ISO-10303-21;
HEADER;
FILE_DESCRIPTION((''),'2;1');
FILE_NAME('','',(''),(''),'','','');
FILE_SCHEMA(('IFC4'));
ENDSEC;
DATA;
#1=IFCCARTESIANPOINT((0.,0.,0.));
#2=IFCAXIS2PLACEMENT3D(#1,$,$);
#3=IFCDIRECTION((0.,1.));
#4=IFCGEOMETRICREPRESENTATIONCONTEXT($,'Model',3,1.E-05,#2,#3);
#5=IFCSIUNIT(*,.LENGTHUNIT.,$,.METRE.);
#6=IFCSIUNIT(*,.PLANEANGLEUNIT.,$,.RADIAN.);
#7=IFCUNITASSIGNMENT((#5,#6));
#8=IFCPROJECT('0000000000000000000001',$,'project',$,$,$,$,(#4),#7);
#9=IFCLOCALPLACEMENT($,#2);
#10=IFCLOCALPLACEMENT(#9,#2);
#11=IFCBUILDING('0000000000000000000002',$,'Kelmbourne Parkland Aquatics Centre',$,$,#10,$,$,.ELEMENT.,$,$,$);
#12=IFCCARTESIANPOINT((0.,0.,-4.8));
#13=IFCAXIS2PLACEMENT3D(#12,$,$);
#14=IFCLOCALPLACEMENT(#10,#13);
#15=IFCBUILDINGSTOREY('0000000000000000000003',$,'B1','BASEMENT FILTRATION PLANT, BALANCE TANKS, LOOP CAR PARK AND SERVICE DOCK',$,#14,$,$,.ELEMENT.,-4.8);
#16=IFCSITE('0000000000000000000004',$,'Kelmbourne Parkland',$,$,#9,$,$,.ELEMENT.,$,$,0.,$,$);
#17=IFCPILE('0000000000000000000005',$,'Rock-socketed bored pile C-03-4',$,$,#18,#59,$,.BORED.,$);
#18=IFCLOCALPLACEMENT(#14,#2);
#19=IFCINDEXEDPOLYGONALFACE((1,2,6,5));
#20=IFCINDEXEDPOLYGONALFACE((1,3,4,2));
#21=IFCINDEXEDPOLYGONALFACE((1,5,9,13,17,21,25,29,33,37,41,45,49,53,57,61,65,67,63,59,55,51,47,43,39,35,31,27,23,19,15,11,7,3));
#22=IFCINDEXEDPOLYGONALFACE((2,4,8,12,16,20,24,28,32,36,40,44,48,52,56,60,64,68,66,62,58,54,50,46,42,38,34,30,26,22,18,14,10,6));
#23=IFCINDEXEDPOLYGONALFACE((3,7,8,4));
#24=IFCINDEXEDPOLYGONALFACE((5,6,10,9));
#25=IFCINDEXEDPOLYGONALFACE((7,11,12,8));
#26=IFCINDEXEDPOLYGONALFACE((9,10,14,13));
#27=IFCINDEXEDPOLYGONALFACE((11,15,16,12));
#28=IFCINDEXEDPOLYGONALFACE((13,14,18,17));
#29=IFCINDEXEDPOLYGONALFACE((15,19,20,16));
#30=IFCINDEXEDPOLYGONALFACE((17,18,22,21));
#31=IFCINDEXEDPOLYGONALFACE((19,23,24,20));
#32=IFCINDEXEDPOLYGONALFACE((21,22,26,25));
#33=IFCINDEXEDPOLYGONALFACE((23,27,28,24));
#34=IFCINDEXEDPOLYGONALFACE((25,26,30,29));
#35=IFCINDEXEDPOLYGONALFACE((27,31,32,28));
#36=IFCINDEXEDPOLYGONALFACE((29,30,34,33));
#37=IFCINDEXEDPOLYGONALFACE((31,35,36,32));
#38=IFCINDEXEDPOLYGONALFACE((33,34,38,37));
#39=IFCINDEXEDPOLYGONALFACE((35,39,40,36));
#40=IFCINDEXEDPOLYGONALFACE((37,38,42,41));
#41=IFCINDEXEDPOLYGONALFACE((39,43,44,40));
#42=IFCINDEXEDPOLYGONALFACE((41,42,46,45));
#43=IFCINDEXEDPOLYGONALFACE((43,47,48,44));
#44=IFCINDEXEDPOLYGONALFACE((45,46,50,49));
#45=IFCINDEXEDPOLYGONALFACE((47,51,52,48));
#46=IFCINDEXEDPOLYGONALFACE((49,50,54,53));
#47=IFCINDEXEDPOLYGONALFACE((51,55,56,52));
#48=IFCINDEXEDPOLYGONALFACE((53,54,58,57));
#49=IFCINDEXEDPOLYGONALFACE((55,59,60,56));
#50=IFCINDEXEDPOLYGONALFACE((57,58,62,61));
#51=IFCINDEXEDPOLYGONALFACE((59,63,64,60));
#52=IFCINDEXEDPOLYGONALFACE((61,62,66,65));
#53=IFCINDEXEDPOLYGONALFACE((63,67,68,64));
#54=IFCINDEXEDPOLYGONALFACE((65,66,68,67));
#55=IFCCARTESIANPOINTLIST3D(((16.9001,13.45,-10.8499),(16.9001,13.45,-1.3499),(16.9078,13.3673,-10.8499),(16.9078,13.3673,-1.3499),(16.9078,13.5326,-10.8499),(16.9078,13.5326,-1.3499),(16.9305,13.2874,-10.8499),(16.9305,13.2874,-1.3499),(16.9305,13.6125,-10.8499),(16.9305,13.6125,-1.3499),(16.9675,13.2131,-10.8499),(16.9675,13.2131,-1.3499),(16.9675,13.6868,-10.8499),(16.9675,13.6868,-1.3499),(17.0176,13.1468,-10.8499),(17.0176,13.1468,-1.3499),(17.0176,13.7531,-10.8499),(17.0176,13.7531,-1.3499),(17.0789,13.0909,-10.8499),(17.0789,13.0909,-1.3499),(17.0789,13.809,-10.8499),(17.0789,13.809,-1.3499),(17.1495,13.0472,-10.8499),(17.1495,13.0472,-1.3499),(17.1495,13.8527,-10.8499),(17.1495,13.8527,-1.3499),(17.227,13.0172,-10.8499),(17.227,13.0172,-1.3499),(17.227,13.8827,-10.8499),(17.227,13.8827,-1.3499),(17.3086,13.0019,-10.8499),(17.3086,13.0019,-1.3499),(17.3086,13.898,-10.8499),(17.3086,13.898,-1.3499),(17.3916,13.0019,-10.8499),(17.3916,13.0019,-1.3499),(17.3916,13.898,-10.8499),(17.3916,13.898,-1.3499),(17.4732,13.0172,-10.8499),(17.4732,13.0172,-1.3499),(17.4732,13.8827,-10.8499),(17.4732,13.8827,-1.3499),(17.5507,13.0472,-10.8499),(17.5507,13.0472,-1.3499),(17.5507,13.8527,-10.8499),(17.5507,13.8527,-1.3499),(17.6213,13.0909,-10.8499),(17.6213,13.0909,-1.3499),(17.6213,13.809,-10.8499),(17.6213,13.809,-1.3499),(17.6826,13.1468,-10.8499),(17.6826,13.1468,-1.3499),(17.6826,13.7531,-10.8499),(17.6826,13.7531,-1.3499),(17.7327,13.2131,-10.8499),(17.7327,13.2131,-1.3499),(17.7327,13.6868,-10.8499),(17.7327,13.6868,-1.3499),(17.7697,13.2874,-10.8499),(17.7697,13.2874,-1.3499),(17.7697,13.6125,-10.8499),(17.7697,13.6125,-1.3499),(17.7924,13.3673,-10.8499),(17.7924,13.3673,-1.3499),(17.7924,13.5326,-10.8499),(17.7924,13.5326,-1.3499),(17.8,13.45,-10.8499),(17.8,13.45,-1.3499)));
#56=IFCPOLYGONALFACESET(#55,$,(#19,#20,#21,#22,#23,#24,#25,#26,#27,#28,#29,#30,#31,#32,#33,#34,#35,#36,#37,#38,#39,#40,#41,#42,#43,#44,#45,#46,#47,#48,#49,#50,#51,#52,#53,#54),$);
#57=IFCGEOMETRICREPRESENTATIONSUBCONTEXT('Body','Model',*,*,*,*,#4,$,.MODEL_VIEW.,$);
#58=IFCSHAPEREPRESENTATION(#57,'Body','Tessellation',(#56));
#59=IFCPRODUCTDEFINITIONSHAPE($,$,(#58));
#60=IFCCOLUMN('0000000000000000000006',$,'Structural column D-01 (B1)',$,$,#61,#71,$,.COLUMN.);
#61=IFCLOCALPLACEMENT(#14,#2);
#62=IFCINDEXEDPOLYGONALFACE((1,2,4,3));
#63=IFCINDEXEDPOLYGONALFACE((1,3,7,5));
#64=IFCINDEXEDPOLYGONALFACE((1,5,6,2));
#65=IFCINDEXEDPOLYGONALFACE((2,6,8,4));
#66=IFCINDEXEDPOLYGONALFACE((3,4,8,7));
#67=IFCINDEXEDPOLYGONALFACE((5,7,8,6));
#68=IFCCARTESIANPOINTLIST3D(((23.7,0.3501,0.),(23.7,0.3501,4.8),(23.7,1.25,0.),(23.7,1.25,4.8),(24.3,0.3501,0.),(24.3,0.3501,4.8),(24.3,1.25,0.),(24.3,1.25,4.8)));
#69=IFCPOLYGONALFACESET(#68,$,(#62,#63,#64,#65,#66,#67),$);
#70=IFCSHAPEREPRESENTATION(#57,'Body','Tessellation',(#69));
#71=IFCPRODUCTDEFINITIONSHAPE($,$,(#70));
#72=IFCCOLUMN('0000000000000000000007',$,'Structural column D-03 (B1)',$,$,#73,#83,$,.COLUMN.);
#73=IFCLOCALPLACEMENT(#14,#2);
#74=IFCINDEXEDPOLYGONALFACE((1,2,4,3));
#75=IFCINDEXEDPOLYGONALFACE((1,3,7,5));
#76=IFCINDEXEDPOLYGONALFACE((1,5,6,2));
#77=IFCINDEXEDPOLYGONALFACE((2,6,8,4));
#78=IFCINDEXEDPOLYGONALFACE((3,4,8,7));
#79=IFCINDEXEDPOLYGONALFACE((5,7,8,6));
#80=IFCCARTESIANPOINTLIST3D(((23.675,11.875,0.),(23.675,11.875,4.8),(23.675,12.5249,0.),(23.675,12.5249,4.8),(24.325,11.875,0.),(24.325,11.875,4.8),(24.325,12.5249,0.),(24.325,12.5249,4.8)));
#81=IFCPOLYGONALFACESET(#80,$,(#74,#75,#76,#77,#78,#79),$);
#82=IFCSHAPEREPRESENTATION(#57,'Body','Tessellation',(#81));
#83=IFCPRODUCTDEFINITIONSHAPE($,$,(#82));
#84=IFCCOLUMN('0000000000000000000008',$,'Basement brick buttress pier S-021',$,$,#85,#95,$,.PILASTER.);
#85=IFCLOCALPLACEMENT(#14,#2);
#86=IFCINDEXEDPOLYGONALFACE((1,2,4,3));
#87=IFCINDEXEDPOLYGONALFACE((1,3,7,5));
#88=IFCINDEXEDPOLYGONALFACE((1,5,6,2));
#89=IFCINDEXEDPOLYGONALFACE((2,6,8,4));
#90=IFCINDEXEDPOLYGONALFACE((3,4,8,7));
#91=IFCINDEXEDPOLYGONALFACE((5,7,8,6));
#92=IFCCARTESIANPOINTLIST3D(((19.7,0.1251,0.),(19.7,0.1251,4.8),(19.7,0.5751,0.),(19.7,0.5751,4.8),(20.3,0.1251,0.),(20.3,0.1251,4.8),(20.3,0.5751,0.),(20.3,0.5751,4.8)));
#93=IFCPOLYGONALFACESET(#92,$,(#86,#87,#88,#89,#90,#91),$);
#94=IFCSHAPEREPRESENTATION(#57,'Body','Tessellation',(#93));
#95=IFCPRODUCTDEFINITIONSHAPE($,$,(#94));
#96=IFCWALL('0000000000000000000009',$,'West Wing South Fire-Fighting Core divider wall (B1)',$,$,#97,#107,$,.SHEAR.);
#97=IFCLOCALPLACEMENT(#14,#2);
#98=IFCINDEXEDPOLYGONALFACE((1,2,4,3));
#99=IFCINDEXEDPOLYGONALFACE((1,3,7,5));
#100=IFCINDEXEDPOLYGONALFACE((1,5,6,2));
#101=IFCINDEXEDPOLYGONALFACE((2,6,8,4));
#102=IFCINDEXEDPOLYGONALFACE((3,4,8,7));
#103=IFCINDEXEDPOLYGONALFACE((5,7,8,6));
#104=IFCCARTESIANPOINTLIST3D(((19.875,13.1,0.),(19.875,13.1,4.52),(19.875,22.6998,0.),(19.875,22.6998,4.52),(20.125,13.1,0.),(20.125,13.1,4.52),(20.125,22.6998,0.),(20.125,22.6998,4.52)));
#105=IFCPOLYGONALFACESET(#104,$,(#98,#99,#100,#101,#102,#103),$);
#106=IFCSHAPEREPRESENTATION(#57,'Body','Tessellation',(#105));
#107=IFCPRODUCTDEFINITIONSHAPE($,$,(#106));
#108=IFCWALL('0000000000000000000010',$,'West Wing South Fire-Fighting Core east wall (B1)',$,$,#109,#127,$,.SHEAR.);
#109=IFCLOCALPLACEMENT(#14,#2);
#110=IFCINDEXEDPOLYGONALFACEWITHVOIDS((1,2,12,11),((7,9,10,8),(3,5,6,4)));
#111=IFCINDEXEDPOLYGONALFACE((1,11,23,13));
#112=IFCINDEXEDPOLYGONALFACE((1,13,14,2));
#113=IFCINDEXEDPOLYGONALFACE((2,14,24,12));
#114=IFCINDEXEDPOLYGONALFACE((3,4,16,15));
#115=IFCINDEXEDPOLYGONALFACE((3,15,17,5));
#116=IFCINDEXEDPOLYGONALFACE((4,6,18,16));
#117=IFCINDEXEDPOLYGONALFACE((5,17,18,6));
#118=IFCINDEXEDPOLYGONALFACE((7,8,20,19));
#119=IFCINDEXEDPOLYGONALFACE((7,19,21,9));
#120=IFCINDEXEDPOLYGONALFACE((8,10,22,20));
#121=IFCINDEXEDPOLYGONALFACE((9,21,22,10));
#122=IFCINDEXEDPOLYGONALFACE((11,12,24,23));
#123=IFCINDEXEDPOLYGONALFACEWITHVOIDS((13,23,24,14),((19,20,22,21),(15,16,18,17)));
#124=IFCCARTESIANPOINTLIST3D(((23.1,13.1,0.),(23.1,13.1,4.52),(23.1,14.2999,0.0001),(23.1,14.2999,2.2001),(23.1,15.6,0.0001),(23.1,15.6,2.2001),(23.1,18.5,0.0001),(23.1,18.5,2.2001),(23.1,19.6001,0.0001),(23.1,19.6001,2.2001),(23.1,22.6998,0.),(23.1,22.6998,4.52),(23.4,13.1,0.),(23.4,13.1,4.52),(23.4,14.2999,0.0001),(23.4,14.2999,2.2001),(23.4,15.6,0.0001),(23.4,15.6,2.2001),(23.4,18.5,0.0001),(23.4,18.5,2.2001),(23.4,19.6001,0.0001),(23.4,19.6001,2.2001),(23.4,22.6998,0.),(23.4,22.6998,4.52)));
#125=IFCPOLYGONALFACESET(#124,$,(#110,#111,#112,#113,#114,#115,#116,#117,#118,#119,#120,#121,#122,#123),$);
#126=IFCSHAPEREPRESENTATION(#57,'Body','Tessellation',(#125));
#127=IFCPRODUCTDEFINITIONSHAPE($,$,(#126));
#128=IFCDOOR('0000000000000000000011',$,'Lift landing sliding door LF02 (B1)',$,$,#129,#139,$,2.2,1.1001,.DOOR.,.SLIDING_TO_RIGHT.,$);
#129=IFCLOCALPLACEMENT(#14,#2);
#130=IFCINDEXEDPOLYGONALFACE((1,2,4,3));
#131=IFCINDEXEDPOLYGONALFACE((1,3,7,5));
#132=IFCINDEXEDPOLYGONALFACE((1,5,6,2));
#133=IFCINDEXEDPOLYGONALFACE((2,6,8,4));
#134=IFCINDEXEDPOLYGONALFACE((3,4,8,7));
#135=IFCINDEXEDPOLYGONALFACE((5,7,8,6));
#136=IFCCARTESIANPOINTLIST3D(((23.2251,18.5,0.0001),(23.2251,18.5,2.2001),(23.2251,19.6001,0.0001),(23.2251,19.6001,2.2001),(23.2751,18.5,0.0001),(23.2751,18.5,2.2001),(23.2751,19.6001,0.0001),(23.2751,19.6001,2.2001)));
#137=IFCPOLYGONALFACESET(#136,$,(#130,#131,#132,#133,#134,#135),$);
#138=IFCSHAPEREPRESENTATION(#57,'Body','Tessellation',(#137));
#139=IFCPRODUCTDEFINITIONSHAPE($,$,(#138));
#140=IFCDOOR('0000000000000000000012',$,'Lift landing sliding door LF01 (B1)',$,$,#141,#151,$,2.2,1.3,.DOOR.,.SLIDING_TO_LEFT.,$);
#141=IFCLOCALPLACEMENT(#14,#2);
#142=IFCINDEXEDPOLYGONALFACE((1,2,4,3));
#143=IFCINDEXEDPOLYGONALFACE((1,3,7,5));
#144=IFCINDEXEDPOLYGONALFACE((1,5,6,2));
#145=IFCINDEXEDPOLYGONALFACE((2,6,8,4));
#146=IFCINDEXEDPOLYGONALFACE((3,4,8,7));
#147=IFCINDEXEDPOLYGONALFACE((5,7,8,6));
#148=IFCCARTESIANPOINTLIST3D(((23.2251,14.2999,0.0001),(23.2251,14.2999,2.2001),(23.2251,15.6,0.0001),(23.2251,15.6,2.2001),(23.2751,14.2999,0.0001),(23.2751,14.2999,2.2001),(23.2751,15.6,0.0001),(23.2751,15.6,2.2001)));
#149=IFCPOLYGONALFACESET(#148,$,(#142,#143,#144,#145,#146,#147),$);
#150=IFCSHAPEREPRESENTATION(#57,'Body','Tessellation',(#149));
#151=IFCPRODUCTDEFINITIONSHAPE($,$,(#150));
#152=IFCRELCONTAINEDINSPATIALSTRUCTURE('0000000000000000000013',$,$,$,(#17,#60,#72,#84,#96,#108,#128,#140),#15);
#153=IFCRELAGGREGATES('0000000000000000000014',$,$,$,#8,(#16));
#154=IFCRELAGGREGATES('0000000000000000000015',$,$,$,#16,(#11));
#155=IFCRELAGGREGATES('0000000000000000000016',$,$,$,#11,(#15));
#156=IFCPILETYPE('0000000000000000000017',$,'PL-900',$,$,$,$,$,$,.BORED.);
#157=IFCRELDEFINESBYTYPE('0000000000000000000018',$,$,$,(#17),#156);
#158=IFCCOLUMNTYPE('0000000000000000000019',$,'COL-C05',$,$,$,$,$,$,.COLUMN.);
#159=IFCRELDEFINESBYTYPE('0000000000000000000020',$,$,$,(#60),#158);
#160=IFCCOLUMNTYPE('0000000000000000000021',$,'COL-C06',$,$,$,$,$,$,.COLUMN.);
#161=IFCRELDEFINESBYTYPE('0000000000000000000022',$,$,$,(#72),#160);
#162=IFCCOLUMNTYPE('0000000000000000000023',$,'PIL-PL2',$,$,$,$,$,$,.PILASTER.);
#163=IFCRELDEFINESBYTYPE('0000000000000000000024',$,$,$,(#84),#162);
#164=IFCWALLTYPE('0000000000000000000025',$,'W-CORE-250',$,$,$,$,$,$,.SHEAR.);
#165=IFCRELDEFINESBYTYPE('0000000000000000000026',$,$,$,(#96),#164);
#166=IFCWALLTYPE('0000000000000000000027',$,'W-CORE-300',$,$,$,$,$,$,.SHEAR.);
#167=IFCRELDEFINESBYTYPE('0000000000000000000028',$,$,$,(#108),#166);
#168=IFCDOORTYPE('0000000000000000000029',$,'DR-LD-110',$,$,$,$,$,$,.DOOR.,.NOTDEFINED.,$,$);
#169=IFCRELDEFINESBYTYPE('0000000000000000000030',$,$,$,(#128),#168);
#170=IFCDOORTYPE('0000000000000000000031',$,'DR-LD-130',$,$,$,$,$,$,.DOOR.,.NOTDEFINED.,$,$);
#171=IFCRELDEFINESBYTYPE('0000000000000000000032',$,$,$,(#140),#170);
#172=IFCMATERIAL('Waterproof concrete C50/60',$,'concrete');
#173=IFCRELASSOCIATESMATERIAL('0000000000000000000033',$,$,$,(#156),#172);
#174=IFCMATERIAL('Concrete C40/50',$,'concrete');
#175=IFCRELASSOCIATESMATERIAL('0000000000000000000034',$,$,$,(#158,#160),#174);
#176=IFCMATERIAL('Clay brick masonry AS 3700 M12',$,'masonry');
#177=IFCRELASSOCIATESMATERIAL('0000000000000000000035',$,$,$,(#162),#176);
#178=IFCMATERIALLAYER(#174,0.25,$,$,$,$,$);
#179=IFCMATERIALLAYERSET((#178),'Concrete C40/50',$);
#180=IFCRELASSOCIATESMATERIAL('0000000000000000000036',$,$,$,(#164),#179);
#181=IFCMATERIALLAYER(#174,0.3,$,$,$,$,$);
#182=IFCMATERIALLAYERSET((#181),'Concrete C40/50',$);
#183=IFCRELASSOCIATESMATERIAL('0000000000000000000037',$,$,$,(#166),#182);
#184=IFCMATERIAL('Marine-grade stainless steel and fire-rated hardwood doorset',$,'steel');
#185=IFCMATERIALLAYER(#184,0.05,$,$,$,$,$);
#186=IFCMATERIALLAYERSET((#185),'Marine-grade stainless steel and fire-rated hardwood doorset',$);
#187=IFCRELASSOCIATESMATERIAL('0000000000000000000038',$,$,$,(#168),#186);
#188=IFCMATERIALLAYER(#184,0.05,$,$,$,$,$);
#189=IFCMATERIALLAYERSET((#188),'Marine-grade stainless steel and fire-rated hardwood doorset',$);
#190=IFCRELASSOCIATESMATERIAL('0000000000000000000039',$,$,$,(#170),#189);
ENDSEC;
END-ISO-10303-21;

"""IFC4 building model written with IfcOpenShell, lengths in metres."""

from ifc_helpers import new_model, si_unit, direction, frame, frame_2d, origin, origin_2d, place, context, subcontext, project, spatial, rectangle, circle, extrude, material, layer, layer_set, material_profile, profile_set, type_object, element, fill, save


model = new_model("IFC4")

# Units and contexts
model_context = context("Model", 3, precision=1e-05, world=origin(), true_north=direction((0.0, 1.0)))
body_context = subcontext(model_context, "Body", "Model", "MODEL_VIEW")
ifc_project = project(units=[si_unit("LENGTHUNIT", "METRE"), si_unit("PLANEANGLEUNIT", "RADIAN")], contexts=[model_context])

# Site, building, storey
site_placement = place(None, origin())
site = spatial("IfcSite", under=ifc_project, at=site_placement, Name="Kelmbourne Parkland", CompositionType="ELEMENT", RefElevation=0.0)
building_placement = place(site_placement, origin())
building = spatial("IfcBuilding", under=site, at=building_placement, Name="Kelmbourne Parkland Aquatics Centre", CompositionType="ELEMENT")
storey_placement = place(building_placement, frame((0.0, 0.0, -4.8)))
storey = spatial("IfcBuildingStorey", under=building, at=storey_placement, Name="B1", Description="BASEMENT FILTRATION PLANT, BALANCE TANKS, LOOP CAR PARK AND SERVICE DOCK", CompositionType="ELEMENT", Elevation=-4.8)

# Shared definitions
ifc_material_1 = material(Name="Waterproof concrete C50/60", Category="concrete")

# Pile
ifc_material_profile_1 = material_profile(ifc_material_1, circle(Radius=0.45, at=origin_2d()), Name="PILE D900")
ifc_profile_set_1 = profile_set([ifc_material_profile_1], Name="Waterproof concrete C50/60")
pile_type_1 = type_object("IfcPileType", Name="PL-900", PredefinedType="BORED", material=ifc_profile_set_1)
pile_placement = place(storey_placement, frame((17.3501, 13.45, -1.3499), z_axis=(0.0, 0.0, -1.0), x_axis=(1.0, 0.0, 0.0)))
element("IfcPile", 1, at=pile_placement, inside=storey, type_object=pile_type_1, Name="Rock-socketed bored pile C-03-4", PredefinedType="BORED", context=body_context, shape_type="SweptSolid", body=[
    extrude(circle(Radius=0.45, at=origin_2d()), origin(), (0.0, 0.0, 1.0), 9.5),
])

# Columns
ifc_material_2 = material(Name="Concrete C40/50", Category="concrete")
ifc_material_profile_2 = material_profile(ifc_material_2, rectangle(XDim=0.6001, YDim=0.8999, at=origin_2d()), Name="RC 600x900")
ifc_profile_set_2 = profile_set([ifc_material_profile_2], Name="Concrete C40/50")
column_type_1 = type_object("IfcColumnType", Name="COL-C05", PredefinedType="COLUMN", material=ifc_profile_set_2)
column_1_placement = place(storey_placement, frame((24.0, 0.8, 0.0), z_axis=(0.0, 0.0, 1.0), x_axis=(1.0, 0.0, 0.0)))
element("IfcColumn", 2, at=column_1_placement, inside=storey, type_object=column_type_1, Name="Structural column D-01 (B1)", PredefinedType="COLUMN", context=body_context, shape_type="SweptSolid", body=[
    extrude(rectangle(XDim=0.6001, YDim=0.8999, at=origin_2d()), origin(), (0.0, 0.0, 1.0), 4.8),
])
ifc_material_profile_3 = material_profile(ifc_material_2, rectangle(XDim=0.6499, YDim=0.6499, at=origin_2d()), Name="RC 650x650")
ifc_profile_set_3 = profile_set([ifc_material_profile_3], Name="Concrete C40/50")
column_type_2 = type_object("IfcColumnType", Name="COL-C06", PredefinedType="COLUMN", material=ifc_profile_set_3)
column_2_placement = place(storey_placement, frame((24.0, 12.2, 0.0), z_axis=(0.0, 0.0, 1.0), x_axis=(1.0, 0.0, 0.0)))
element("IfcColumn", 3, at=column_2_placement, inside=storey, type_object=column_type_2, Name="Structural column D-03 (B1)", PredefinedType="COLUMN", context=body_context, shape_type="SweptSolid", body=[
    extrude(rectangle(XDim=0.6499, YDim=0.6499, at=origin_2d()), origin(), (0.0, 0.0, 1.0), 4.8),
])
ifc_material_3 = material(Name="Clay brick masonry AS 3700 M12", Category="masonry")
ifc_material_profile_4 = material_profile(ifc_material_3, rectangle(XDim=0.45, YDim=0.6001, at=origin_2d()), Name="PIL 450x600")
ifc_profile_set_4 = profile_set([ifc_material_profile_4], Name="Clay brick masonry AS 3700 M12")
column_type_3 = type_object("IfcColumnType", Name="PIL-PL2", PredefinedType="PILASTER", material=ifc_profile_set_4)
column_3_placement = place(storey_placement, frame((20.0, 0.3501, 0.0), z_axis=(0.0, 0.0, 1.0), x_axis=(0.0, 1.0, 0.0)))
element("IfcColumn", 4, at=column_3_placement, inside=storey, type_object=column_type_3, Name="Basement brick buttress pier S-021", PredefinedType="PILASTER", context=body_context, shape_type="SweptSolid", body=[
    extrude(rectangle(XDim=0.45, YDim=0.6001, at=origin_2d()), origin(), (0.0, 0.0, 1.0), 4.8),
])

# Wall
ifc_layer_1 = layer(ifc_material_2, 0.25)
ifc_layer_set_1 = layer_set([ifc_layer_1], Name="Concrete C40/50")
wall_type_1 = type_object("IfcWallType", Name="W-CORE-250", PredefinedType="SHEAR", material=ifc_layer_set_1)
wall_1_placement = place(storey_placement, frame((20.0, 13.1001, 0.0), z_axis=(0.0, 0.0, 1.0), x_axis=(0.0, 1.0, 0.0)))
element("IfcWall", 5, at=wall_1_placement, inside=storey, type_object=wall_type_1, Name="West Wing South Fire-Fighting Core divider wall (B1)", PredefinedType="SHEAR", context=body_context, shape_type="SweptSolid", body=[
    extrude(rectangle(XDim=9.5999, YDim=0.25, at=frame_2d((4.7998, 0.0))), origin(), (0.0, 0.0, 1.0), 4.52),
])

# Wall, openings, doors
ifc_layer_2 = layer(ifc_material_2, 0.3)
ifc_layer_set_2 = layer_set([ifc_layer_2], Name="Concrete C40/50")
wall_type_2 = type_object("IfcWallType", Name="W-CORE-300", PredefinedType="SHEAR", material=ifc_layer_set_2)
wall_2_placement = place(storey_placement, frame((23.25, 13.1001, 0.0), z_axis=(0.0, 0.0, 1.0), x_axis=(0.0, 1.0, 0.0)))
wall_2 = element("IfcWall", 6, at=wall_2_placement, inside=storey, type_object=wall_type_2, Name="West Wing South Fire-Fighting Core east wall (B1)", PredefinedType="SHEAR", context=body_context, shape_type="SweptSolid", body=[
    extrude(rectangle(XDim=9.5999, YDim=0.3, at=frame_2d((4.7998, 0.0))), origin(), (0.0, 0.0, 1.0), 4.52),
])
opening_1_placement = place(wall_2_placement, frame((1.2, 0.0, 0.0)))
opening_1 = element("IfcOpeningElement", 7, at=opening_1_placement, cuts=wall_2, PredefinedType="OPENING", context=body_context, shape_type="SweptSolid", body=[
    extrude(rectangle(XDim=1.3, YDim=2.2, at=frame_2d((0.6499, 1.1001))), frame((0.0, 0.1621, 0.0), z_axis=(0.0, -1.0, 0.0), x_axis=(1.0, 0.0, 0.0)), (0.0, 0.0, 1.0), 0.324),
])
opening_2_placement = place(wall_2_placement, frame((5.3999, 0.0, 0.0)))
opening_2 = element("IfcOpeningElement", 8, at=opening_2_placement, cuts=wall_2, PredefinedType="OPENING", context=body_context, shape_type="SweptSolid", body=[
    extrude(rectangle(XDim=1.1001, YDim=2.2, at=frame_2d((0.55, 1.1001))), frame((0.0, 0.1621, 0.0), z_axis=(0.0, -1.0, 0.0), x_axis=(1.0, 0.0, 0.0)), (0.0, 0.0, 1.0), 0.324),
])
ifc_material_4 = material(Name="Marine-grade stainless steel and fire-rated hardwood doorset", Category="steel")
ifc_layer_3 = layer(ifc_material_4, 0.05)
ifc_layer_set_3 = layer_set([ifc_layer_3], Name="Marine-grade stainless steel and fire-rated hardwood doorset")
door_type_1 = type_object("IfcDoorType", Name="DR-LD-110", OperationType="NOTDEFINED", PredefinedType="DOOR", material=ifc_layer_set_3)
door_1_placement = place(opening_2_placement, origin())
door_1 = element("IfcDoor", 9, at=door_1_placement, inside=storey, type_object=door_type_1, Name="Lift landing sliding door LF02 (B1)", OperationType="SLIDING_TO_RIGHT", OverallHeight=2.2, OverallWidth=1.1001, PredefinedType="DOOR", context=body_context, shape_type="SweptSolid", body=[
    extrude(rectangle(XDim=1.1001, YDim=2.2, at=frame_2d((0.55, 1.1001))), frame((0.0, 0.0249, 0.0), z_axis=(0.0, -1.0, 0.0), x_axis=(1.0, 0.0, 0.0)), (0.0, 0.0, 1.0), 0.05),
])
fill(opening_2, door_1)
ifc_layer_4 = layer(ifc_material_4, 0.05)
ifc_layer_set_4 = layer_set([ifc_layer_4], Name="Marine-grade stainless steel and fire-rated hardwood doorset")
door_type_2 = type_object("IfcDoorType", Name="DR-LD-130", OperationType="NOTDEFINED", PredefinedType="DOOR", material=ifc_layer_set_4)
door_2_placement = place(opening_1_placement, origin())
door_2 = element("IfcDoor", 10, at=door_2_placement, inside=storey, type_object=door_type_2, Name="Lift landing sliding door LF01 (B1)", OperationType="SLIDING_TO_LEFT", OverallHeight=2.2, OverallWidth=1.3, PredefinedType="DOOR", context=body_context, shape_type="SweptSolid", body=[
    extrude(rectangle(XDim=1.3, YDim=2.2, at=frame_2d((0.6499, 1.1001))), frame((0.0, 0.0249, 0.0), z_axis=(0.0, -1.0, 0.0), x_axis=(1.0, 0.0, 0.0)), (0.0, 0.0, 1.0), 0.05),
])
fill(opening_1, door_2)

save(model, "model.ifc")
